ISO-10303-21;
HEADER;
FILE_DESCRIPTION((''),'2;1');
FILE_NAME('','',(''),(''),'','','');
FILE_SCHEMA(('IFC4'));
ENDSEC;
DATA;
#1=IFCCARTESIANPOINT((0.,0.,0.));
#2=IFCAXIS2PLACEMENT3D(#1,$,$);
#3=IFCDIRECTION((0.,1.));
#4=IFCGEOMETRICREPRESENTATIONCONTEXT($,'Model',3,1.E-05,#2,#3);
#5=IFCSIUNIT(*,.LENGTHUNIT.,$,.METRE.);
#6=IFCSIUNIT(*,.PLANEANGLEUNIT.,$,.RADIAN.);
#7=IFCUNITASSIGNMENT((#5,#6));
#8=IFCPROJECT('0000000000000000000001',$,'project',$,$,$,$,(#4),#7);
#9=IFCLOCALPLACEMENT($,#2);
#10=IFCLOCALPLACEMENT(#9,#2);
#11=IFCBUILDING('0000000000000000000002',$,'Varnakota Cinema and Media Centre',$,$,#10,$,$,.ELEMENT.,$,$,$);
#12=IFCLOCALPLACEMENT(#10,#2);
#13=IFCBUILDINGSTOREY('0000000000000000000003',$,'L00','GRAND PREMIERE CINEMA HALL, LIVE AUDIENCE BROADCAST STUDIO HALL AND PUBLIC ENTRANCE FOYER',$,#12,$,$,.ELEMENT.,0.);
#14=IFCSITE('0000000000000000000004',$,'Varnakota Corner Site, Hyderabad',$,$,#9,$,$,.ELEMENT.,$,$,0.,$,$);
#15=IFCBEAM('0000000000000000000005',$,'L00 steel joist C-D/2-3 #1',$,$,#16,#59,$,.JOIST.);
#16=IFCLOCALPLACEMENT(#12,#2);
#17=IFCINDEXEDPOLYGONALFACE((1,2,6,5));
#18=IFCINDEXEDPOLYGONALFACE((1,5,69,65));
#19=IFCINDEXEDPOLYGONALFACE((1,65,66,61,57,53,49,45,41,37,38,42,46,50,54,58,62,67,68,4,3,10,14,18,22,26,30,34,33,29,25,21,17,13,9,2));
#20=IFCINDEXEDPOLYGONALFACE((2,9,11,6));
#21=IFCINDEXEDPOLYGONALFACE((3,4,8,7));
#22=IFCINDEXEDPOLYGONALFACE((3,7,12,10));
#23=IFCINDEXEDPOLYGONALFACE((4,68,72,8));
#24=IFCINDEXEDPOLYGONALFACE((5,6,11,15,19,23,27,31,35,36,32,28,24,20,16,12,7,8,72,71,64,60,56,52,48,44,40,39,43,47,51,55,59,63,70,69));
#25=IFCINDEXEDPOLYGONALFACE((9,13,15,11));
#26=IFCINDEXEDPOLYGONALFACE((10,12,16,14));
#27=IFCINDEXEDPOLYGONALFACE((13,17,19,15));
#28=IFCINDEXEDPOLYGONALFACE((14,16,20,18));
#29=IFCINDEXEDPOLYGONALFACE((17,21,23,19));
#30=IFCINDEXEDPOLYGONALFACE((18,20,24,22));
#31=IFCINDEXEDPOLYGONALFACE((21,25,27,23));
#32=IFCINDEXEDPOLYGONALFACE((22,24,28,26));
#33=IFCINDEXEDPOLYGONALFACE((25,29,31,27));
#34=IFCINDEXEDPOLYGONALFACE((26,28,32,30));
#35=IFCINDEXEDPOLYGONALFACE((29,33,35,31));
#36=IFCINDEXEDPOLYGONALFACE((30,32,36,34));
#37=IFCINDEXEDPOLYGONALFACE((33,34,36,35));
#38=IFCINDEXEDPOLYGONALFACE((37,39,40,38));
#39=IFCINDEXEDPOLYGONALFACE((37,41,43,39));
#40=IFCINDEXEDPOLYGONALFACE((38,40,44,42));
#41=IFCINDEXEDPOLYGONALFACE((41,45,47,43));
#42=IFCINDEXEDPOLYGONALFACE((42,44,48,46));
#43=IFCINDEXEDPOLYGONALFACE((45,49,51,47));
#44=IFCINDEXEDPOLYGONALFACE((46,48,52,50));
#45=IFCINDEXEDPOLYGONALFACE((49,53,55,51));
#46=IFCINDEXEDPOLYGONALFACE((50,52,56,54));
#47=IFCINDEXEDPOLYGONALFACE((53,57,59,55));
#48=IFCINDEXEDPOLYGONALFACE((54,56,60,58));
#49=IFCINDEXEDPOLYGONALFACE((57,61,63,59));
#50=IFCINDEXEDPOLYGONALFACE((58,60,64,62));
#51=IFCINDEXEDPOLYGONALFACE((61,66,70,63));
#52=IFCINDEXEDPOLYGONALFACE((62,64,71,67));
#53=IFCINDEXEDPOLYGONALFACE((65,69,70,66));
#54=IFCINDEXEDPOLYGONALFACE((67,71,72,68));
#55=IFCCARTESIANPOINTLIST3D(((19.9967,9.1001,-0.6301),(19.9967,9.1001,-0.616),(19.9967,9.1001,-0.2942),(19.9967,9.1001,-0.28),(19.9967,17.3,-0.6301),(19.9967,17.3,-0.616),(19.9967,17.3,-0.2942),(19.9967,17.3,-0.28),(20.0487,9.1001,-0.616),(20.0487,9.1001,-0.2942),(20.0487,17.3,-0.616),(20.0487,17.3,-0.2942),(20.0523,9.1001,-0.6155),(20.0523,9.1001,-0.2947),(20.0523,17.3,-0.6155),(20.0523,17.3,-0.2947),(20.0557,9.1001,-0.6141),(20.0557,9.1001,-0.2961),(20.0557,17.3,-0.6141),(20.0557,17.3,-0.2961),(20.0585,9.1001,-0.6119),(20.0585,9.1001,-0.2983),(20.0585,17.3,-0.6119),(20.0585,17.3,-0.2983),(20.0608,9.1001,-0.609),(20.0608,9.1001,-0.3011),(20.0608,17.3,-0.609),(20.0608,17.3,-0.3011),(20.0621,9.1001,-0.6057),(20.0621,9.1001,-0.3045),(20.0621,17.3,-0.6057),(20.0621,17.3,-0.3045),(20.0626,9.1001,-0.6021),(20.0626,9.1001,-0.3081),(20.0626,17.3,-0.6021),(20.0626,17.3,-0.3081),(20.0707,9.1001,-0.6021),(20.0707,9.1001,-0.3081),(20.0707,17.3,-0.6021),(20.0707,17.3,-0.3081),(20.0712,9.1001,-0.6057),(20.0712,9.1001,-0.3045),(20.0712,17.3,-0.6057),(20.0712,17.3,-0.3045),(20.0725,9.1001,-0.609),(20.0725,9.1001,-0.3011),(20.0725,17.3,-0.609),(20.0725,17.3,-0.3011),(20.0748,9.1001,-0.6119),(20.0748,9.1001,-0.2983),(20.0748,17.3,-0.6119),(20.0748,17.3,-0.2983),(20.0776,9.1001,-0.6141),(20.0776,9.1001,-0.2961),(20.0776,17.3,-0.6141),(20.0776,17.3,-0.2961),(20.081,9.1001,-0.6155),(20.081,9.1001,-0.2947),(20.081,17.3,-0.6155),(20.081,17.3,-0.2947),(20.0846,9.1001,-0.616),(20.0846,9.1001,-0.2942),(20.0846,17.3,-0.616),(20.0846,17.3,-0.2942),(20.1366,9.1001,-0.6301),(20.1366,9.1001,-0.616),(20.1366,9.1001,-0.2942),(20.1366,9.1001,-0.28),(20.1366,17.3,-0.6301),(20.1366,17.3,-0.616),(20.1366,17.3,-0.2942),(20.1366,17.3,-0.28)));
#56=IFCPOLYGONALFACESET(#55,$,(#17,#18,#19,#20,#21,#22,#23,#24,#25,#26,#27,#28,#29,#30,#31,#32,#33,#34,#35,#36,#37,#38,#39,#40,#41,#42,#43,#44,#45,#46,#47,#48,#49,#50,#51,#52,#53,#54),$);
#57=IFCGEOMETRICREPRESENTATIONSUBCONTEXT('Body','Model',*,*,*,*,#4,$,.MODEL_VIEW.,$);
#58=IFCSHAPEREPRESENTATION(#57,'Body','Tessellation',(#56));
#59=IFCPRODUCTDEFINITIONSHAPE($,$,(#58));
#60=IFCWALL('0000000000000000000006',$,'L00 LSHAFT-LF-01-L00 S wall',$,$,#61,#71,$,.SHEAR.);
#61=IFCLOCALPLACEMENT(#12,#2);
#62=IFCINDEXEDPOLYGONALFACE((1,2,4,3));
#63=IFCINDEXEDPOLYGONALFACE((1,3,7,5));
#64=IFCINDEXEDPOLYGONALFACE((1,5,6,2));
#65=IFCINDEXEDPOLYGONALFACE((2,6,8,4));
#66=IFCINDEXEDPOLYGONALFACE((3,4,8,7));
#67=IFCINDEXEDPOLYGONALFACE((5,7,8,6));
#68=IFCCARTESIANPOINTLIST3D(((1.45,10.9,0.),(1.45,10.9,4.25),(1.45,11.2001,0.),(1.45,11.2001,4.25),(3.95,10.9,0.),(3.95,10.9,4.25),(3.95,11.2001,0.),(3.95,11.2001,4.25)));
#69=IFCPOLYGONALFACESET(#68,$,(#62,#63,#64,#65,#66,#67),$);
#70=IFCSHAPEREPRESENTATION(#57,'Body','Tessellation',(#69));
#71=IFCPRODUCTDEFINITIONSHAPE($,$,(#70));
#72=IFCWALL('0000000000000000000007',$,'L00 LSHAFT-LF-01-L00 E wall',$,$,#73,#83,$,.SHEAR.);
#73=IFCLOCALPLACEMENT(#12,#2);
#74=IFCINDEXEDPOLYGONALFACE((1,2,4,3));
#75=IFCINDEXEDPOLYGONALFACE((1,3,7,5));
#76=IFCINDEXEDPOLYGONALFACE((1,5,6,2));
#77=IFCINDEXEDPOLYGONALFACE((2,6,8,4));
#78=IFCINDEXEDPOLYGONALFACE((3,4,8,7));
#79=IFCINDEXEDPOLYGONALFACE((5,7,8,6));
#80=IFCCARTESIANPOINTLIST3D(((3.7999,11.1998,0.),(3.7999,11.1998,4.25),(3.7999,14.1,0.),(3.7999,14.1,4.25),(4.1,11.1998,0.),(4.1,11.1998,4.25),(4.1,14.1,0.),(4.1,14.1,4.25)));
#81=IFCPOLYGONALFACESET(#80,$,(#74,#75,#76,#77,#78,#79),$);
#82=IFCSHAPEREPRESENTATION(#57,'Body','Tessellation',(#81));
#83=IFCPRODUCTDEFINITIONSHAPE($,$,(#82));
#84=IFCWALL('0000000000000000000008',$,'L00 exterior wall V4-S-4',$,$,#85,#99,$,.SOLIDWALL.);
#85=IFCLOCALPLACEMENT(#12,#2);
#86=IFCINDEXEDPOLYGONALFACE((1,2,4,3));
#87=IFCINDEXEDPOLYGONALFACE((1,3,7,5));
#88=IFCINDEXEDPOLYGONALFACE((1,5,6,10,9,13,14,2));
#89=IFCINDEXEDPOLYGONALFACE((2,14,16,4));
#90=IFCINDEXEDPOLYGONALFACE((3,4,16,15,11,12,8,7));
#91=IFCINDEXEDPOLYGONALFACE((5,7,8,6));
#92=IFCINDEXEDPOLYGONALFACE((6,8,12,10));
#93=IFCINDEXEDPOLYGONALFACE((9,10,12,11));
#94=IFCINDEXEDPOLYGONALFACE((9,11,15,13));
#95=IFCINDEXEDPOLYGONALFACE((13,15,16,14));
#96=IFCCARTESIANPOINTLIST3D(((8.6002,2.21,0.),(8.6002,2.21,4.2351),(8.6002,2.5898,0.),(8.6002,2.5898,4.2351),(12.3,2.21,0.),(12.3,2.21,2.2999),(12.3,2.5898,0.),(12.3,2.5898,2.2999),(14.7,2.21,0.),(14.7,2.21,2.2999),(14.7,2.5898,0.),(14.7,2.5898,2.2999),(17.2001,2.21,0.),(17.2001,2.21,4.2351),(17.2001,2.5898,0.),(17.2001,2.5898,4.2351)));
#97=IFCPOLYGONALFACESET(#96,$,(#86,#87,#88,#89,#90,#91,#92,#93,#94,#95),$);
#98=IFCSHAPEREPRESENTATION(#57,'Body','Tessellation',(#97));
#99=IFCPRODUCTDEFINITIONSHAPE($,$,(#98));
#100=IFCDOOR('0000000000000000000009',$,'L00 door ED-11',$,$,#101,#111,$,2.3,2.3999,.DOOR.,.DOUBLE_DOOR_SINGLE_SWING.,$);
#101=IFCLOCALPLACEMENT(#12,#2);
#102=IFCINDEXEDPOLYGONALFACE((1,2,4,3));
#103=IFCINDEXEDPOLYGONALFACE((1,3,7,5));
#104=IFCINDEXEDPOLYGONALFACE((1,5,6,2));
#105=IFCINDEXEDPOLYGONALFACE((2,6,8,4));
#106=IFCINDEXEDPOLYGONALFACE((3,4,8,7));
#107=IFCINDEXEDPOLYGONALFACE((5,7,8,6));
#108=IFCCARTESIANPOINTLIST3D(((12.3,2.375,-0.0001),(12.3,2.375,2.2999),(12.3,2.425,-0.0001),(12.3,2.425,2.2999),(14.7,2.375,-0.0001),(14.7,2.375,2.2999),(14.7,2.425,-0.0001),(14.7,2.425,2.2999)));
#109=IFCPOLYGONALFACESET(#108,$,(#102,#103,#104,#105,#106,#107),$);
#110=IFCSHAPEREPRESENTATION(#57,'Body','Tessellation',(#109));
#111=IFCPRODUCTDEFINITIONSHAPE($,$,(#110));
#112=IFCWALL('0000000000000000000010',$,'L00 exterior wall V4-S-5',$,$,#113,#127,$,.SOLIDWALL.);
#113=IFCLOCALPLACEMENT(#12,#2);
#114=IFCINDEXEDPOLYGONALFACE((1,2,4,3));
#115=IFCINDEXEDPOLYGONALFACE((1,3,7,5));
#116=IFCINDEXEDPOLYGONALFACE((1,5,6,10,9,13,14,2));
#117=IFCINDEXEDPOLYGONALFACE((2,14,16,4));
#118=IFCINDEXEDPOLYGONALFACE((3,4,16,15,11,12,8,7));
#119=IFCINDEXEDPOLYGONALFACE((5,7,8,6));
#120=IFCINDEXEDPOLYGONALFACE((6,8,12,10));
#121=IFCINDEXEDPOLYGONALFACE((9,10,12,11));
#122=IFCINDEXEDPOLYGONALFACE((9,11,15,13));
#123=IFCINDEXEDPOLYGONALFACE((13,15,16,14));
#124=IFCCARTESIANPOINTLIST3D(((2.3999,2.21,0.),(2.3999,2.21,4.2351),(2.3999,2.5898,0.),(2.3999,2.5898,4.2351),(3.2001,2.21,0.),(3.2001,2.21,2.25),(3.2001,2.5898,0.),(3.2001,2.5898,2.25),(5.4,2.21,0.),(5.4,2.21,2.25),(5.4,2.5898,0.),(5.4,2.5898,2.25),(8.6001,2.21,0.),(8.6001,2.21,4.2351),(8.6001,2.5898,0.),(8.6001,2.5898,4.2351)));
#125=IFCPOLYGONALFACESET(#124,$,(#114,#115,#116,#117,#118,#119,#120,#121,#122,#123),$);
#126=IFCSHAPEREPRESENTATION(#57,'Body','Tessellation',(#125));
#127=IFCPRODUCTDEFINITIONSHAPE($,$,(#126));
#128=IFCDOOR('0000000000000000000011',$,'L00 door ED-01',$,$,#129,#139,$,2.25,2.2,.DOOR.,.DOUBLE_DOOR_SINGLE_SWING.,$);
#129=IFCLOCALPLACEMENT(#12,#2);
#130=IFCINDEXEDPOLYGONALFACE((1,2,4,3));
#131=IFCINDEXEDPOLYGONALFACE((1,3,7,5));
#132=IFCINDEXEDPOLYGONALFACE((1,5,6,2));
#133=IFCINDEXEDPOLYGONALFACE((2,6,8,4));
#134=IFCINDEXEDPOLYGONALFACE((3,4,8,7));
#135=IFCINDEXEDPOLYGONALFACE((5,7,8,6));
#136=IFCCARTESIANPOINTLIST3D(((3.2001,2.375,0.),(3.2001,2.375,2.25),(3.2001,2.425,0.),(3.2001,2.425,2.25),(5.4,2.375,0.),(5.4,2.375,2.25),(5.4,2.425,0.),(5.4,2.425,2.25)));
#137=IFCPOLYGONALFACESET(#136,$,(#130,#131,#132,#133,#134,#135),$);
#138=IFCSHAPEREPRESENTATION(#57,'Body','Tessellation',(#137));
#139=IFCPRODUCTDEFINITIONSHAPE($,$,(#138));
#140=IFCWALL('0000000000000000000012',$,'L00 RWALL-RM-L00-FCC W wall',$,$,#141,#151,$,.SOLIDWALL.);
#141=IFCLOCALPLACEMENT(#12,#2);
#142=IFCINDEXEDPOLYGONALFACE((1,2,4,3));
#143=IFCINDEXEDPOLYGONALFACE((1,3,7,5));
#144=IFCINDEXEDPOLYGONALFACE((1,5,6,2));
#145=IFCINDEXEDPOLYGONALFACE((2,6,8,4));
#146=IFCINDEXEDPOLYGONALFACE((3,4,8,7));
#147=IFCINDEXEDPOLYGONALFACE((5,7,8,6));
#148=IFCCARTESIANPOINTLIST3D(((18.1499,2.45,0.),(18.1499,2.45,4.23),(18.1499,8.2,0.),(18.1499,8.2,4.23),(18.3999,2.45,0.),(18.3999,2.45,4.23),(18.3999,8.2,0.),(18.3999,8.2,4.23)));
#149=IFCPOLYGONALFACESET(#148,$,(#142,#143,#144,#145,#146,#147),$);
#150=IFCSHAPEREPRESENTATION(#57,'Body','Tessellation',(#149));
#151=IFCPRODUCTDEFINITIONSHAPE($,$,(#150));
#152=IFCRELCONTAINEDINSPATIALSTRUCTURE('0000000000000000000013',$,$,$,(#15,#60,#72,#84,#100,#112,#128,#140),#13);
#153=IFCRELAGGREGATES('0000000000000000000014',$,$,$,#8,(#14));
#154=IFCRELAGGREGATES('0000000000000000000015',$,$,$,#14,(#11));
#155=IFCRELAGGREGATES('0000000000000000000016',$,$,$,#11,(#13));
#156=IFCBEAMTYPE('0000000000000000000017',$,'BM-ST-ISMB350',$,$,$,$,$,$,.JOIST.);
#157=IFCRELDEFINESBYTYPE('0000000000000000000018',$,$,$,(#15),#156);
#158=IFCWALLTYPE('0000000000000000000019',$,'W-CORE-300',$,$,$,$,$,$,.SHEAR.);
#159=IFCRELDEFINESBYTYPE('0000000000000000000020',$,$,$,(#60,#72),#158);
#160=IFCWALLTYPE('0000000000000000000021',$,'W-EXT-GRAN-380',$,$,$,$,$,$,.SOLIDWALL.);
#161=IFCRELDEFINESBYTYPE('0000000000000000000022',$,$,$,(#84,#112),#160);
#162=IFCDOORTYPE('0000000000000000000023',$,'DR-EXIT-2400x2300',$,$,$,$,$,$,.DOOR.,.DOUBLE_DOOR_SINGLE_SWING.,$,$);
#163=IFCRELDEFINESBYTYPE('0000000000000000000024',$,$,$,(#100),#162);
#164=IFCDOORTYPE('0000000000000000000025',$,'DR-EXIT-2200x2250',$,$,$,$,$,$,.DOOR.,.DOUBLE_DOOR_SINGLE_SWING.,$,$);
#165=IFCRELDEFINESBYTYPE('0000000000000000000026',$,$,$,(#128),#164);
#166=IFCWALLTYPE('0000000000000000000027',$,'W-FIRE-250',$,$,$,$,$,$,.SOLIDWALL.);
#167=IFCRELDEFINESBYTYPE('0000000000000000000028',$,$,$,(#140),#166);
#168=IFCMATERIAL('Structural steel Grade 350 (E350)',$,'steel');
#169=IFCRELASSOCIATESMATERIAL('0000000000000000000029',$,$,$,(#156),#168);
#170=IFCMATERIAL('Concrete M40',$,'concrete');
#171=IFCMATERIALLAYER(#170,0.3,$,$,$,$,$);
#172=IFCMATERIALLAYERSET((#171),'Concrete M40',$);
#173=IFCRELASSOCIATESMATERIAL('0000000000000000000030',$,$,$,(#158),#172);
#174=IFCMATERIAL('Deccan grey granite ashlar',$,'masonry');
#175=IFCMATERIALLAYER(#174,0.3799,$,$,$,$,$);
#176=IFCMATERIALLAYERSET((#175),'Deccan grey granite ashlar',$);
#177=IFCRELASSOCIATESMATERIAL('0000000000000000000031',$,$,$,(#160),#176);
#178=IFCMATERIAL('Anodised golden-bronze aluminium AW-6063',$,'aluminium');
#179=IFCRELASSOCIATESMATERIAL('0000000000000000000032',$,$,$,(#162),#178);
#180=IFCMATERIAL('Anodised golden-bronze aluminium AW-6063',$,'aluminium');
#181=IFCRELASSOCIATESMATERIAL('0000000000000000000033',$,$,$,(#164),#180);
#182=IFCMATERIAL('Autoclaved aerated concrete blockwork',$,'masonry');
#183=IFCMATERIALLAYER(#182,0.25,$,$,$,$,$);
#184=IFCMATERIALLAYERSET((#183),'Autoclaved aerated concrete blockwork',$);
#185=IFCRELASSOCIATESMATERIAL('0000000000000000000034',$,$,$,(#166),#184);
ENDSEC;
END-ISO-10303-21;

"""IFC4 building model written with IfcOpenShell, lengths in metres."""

from ifc_helpers import new_model, si_unit, direction, frame, frame_2d, origin, origin_2d, place, context, subcontext, project, spatial, rectangle, i_section, extrude, material, layer, layer_set, material_profile, profile_set, type_object, element, fill, save


model = new_model("IFC4")

# Units and contexts
model_context = context("Model", 3, precision=1e-05, world=origin(), true_north=direction((0.0, 1.0)))
body_context = subcontext(model_context, "Body", "Model", "MODEL_VIEW")
ifc_project = project(units=[si_unit("LENGTHUNIT", "METRE"), si_unit("PLANEANGLEUNIT", "RADIAN")], contexts=[model_context])

# Site, building, storey
site_placement = place(None, origin())
site = spatial("IfcSite", under=ifc_project, at=site_placement, Name="Varnakota Corner Site, Hyderabad", CompositionType="ELEMENT", RefElevation=0.0)
building_placement = place(site_placement, origin())
building = spatial("IfcBuilding", under=site, at=building_placement, Name="Varnakota Cinema and Media Centre", CompositionType="ELEMENT")
storey_placement = place(building_placement, origin())
storey = spatial("IfcBuildingStorey", under=building, at=storey_placement, Name="L00", Description="GRAND PREMIERE CINEMA HALL, LIVE AUDIENCE BROADCAST STUDIO HALL AND PUBLIC ENTRANCE FOYER", CompositionType="ELEMENT", Elevation=0.0)

# Beam
ifc_material_1 = material(Name="Structural steel Grade 350 (E350)", Category="steel")
ifc_material_profile_1 = material_profile(ifc_material_1, i_section(OverallWidth=0.1399, OverallDepth=0.3501, WebThickness=0.0081, FlangeThickness=0.0142, FilletRadius=0.0139, at=origin_2d()), Name="ISMB 350")
ifc_profile_set_1 = profile_set([ifc_material_profile_1], Name="Structural steel Grade 350 (E350)")
beam_type_1 = type_object("IfcBeamType", Name="BM-ST-ISMB350", PredefinedType="JOIST", material=ifc_profile_set_1)
beam_1_placement = place(storey_placement, frame((20.0667, 9.1001, -0.4551), z_axis=(0.0, 1.0, 0.0), x_axis=(-1.0, 0.0, 0.0)))
element("IfcBeam", 1, at=beam_1_placement, inside=storey, type_object=beam_type_1, Name="L00 steel joist C-D/2-3 #1", PredefinedType="JOIST", context=body_context, shape_type="SweptSolid", body=[
    extrude(i_section(OverallWidth=0.1399, OverallDepth=0.3501, WebThickness=0.0081, FlangeThickness=0.0142, FilletRadius=0.0139, at=origin_2d()), origin(), (0.0, 0.0, 1.0), 8.2),
])

# Walls
ifc_material_2 = material(Name="Concrete M40", Category="concrete")
ifc_layer_1 = layer(ifc_material_2, 0.3)
ifc_layer_set_1 = layer_set([ifc_layer_1], Name="Concrete M40")
wall_type_1 = type_object("IfcWallType", Name="W-CORE-300", PredefinedType="SHEAR", material=ifc_layer_set_1)
wall_1_placement = place(storey_placement, frame((3.95, 11.05, 0.0), z_axis=(0.0, 0.0, 1.0), x_axis=(-1.0, 0.0, 0.0)))
element("IfcWall", 2, at=wall_1_placement, inside=storey, type_object=wall_type_1, Name="L00 LSHAFT-LF-01-L00 S wall", PredefinedType="SHEAR", context=body_context, shape_type="SweptSolid", body=[
    extrude(rectangle(XDim=2.5, YDim=0.3, at=frame_2d((1.25, 0.0))), origin(), (0.0, 0.0, 1.0), 4.25),
])
wall_2_placement = place(storey_placement, frame((3.95, 14.1001, 0.0), z_axis=(0.0, 0.0, 1.0), x_axis=(0.0, -1.0, 0.0)))
element("IfcWall", 3, at=wall_2_placement, inside=storey, type_object=wall_type_1, Name="L00 LSHAFT-LF-01-L00 E wall", PredefinedType="SHEAR", context=body_context, shape_type="SweptSolid", body=[
    extrude(rectangle(XDim=2.9001, YDim=0.3, at=frame_2d((1.4502, 0.0))), origin(), (0.0, 0.0, 1.0), 4.25),
])

# Walls, openings, doors
ifc_material_3 = material(Name="Deccan grey granite ashlar", Category="masonry")
ifc_layer_2 = layer(ifc_material_3, 0.3799)
ifc_layer_set_2 = layer_set([ifc_layer_2], Name="Deccan grey granite ashlar")
wall_type_2 = type_object("IfcWallType", Name="W-EXT-GRAN-380", PredefinedType="SOLIDWALL", material=ifc_layer_set_2)
wall_3_placement = place(storey_placement, frame((17.2, 2.3999, 0.0), z_axis=(0.0, 0.0, 1.0), x_axis=(-1.0, 0.0, 0.0)))
wall_3 = element("IfcWall", 4, at=wall_3_placement, inside=storey, type_object=wall_type_2, Name="L00 exterior wall V4-S-4", PredefinedType="SOLIDWALL", context=body_context, shape_type="SweptSolid", body=[
    extrude(rectangle(XDim=8.5999, YDim=0.3799, at=frame_2d((4.2998, 0.0))), origin(), (0.0, 0.0, 1.0), 4.2351),
])
opening_1_placement = place(wall_3_placement, frame((2.5, 0.0, 0.0)))
opening_1 = element("IfcOpeningElement", 5, at=opening_1_placement, cuts=wall_3, PredefinedType="OPENING", context=body_context, shape_type="SweptSolid", body=[
    extrude(rectangle(XDim=2.3999, YDim=2.3, at=frame_2d((1.2, 1.1499))), frame((0.0, 0.1899, 0.0), z_axis=(0.0, -1.0, 0.0), x_axis=(1.0, 0.0, 0.0)), (0.0, 0.0, 1.0), 0.3799),
])
ifc_material_4 = material(Name="Anodised golden-bronze aluminium AW-6063", Category="aluminium")
door_type_1 = type_object("IfcDoorType", Name="DR-EXIT-2400x2300", OperationType="DOUBLE_DOOR_SINGLE_SWING", PredefinedType="DOOR", material=ifc_material_4)
door_1_placement = place(opening_1_placement, origin())
door_1 = element("IfcDoor", 6, at=door_1_placement, inside=storey, type_object=door_type_1, Name="L00 door ED-11", OperationType="DOUBLE_DOOR_SINGLE_SWING", OverallHeight=2.3, OverallWidth=2.3999, PredefinedType="DOOR", context=body_context, shape_type="SweptSolid", body=[
    extrude(rectangle(XDim=2.3999, YDim=2.3, at=frame_2d((1.2, 1.1499))), frame((0.0, 0.0249, 0.0), z_axis=(0.0, -1.0, 0.0), x_axis=(1.0, 0.0, 0.0)), (0.0, 0.0, 1.0), 0.05),
])
fill(opening_1, door_1)
wall_4_placement = place(storey_placement, frame((8.6001, 2.3999, 0.0), z_axis=(0.0, 0.0, 1.0), x_axis=(-1.0, 0.0, 0.0)))
wall_4 = element("IfcWall", 7, at=wall_4_placement, inside=storey, type_object=wall_type_2, Name="L00 exterior wall V4-S-5", PredefinedType="SOLIDWALL", context=body_context, shape_type="SweptSolid", body=[
    extrude(rectangle(XDim=6.2002, YDim=0.3799, at=frame_2d((3.1001, 0.0))), origin(), (0.0, 0.0, 1.0), 4.2351),
])
opening_2_placement = place(wall_4_placement, frame((3.2, 0.0, 0.0)))
opening_2 = element("IfcOpeningElement", 8, at=opening_2_placement, cuts=wall_4, PredefinedType="OPENING", context=body_context, shape_type="SweptSolid", body=[
    extrude(rectangle(XDim=2.2, YDim=2.25, at=frame_2d((1.1001, 1.125))), frame((0.0, 0.1899, 0.0), z_axis=(0.0, -1.0, 0.0), x_axis=(1.0, 0.0, 0.0)), (0.0, 0.0, 1.0), 0.3799),
])
ifc_material_5 = material(Name="Anodised golden-bronze aluminium AW-6063", Category="aluminium")
door_type_2 = type_object("IfcDoorType", Name="DR-EXIT-2200x2250", OperationType="DOUBLE_DOOR_SINGLE_SWING", PredefinedType="DOOR", material=ifc_material_5)
door_2_placement = place(opening_2_placement, origin())
door_2 = element("IfcDoor", 9, at=door_2_placement, inside=storey, type_object=door_type_2, Name="L00 door ED-01", OperationType="DOUBLE_DOOR_SINGLE_SWING", OverallHeight=2.25, OverallWidth=2.2, PredefinedType="DOOR", context=body_context, shape_type="SweptSolid", body=[
    extrude(rectangle(XDim=2.2, YDim=2.25, at=frame_2d((1.1001, 1.125))), frame((0.0, 0.0249, 0.0), z_axis=(0.0, -1.0, 0.0), x_axis=(1.0, 0.0, 0.0)), (0.0, 0.0, 1.0), 0.05),
])
fill(opening_2, door_2)

# Wall
ifc_material_6 = material(Name="Autoclaved aerated concrete blockwork", Category="masonry")
ifc_layer_3 = layer(ifc_material_6, 0.25)
ifc_layer_set_3 = layer_set([ifc_layer_3], Name="Autoclaved aerated concrete blockwork")
wall_type_3 = type_object("IfcWallType", Name="W-FIRE-250", PredefinedType="SOLIDWALL", material=ifc_layer_set_3)
wall_5_placement = place(storey_placement, frame((18.2749, 2.45, 0.0), z_axis=(0.0, 0.0, 1.0), x_axis=(0.0, 1.0, 0.0)))
element("IfcWall", 10, at=wall_5_placement, inside=storey, type_object=wall_type_3, Name="L00 RWALL-RM-L00-FCC W wall", PredefinedType="SOLIDWALL", context=body_context, shape_type="SweptSolid", body=[
    extrude(rectangle(XDim=5.75, YDim=0.25, at=frame_2d((2.875, 0.0))), origin(), (0.0, 0.0, 1.0), 4.23),
])

save(model, "model.ifc")
